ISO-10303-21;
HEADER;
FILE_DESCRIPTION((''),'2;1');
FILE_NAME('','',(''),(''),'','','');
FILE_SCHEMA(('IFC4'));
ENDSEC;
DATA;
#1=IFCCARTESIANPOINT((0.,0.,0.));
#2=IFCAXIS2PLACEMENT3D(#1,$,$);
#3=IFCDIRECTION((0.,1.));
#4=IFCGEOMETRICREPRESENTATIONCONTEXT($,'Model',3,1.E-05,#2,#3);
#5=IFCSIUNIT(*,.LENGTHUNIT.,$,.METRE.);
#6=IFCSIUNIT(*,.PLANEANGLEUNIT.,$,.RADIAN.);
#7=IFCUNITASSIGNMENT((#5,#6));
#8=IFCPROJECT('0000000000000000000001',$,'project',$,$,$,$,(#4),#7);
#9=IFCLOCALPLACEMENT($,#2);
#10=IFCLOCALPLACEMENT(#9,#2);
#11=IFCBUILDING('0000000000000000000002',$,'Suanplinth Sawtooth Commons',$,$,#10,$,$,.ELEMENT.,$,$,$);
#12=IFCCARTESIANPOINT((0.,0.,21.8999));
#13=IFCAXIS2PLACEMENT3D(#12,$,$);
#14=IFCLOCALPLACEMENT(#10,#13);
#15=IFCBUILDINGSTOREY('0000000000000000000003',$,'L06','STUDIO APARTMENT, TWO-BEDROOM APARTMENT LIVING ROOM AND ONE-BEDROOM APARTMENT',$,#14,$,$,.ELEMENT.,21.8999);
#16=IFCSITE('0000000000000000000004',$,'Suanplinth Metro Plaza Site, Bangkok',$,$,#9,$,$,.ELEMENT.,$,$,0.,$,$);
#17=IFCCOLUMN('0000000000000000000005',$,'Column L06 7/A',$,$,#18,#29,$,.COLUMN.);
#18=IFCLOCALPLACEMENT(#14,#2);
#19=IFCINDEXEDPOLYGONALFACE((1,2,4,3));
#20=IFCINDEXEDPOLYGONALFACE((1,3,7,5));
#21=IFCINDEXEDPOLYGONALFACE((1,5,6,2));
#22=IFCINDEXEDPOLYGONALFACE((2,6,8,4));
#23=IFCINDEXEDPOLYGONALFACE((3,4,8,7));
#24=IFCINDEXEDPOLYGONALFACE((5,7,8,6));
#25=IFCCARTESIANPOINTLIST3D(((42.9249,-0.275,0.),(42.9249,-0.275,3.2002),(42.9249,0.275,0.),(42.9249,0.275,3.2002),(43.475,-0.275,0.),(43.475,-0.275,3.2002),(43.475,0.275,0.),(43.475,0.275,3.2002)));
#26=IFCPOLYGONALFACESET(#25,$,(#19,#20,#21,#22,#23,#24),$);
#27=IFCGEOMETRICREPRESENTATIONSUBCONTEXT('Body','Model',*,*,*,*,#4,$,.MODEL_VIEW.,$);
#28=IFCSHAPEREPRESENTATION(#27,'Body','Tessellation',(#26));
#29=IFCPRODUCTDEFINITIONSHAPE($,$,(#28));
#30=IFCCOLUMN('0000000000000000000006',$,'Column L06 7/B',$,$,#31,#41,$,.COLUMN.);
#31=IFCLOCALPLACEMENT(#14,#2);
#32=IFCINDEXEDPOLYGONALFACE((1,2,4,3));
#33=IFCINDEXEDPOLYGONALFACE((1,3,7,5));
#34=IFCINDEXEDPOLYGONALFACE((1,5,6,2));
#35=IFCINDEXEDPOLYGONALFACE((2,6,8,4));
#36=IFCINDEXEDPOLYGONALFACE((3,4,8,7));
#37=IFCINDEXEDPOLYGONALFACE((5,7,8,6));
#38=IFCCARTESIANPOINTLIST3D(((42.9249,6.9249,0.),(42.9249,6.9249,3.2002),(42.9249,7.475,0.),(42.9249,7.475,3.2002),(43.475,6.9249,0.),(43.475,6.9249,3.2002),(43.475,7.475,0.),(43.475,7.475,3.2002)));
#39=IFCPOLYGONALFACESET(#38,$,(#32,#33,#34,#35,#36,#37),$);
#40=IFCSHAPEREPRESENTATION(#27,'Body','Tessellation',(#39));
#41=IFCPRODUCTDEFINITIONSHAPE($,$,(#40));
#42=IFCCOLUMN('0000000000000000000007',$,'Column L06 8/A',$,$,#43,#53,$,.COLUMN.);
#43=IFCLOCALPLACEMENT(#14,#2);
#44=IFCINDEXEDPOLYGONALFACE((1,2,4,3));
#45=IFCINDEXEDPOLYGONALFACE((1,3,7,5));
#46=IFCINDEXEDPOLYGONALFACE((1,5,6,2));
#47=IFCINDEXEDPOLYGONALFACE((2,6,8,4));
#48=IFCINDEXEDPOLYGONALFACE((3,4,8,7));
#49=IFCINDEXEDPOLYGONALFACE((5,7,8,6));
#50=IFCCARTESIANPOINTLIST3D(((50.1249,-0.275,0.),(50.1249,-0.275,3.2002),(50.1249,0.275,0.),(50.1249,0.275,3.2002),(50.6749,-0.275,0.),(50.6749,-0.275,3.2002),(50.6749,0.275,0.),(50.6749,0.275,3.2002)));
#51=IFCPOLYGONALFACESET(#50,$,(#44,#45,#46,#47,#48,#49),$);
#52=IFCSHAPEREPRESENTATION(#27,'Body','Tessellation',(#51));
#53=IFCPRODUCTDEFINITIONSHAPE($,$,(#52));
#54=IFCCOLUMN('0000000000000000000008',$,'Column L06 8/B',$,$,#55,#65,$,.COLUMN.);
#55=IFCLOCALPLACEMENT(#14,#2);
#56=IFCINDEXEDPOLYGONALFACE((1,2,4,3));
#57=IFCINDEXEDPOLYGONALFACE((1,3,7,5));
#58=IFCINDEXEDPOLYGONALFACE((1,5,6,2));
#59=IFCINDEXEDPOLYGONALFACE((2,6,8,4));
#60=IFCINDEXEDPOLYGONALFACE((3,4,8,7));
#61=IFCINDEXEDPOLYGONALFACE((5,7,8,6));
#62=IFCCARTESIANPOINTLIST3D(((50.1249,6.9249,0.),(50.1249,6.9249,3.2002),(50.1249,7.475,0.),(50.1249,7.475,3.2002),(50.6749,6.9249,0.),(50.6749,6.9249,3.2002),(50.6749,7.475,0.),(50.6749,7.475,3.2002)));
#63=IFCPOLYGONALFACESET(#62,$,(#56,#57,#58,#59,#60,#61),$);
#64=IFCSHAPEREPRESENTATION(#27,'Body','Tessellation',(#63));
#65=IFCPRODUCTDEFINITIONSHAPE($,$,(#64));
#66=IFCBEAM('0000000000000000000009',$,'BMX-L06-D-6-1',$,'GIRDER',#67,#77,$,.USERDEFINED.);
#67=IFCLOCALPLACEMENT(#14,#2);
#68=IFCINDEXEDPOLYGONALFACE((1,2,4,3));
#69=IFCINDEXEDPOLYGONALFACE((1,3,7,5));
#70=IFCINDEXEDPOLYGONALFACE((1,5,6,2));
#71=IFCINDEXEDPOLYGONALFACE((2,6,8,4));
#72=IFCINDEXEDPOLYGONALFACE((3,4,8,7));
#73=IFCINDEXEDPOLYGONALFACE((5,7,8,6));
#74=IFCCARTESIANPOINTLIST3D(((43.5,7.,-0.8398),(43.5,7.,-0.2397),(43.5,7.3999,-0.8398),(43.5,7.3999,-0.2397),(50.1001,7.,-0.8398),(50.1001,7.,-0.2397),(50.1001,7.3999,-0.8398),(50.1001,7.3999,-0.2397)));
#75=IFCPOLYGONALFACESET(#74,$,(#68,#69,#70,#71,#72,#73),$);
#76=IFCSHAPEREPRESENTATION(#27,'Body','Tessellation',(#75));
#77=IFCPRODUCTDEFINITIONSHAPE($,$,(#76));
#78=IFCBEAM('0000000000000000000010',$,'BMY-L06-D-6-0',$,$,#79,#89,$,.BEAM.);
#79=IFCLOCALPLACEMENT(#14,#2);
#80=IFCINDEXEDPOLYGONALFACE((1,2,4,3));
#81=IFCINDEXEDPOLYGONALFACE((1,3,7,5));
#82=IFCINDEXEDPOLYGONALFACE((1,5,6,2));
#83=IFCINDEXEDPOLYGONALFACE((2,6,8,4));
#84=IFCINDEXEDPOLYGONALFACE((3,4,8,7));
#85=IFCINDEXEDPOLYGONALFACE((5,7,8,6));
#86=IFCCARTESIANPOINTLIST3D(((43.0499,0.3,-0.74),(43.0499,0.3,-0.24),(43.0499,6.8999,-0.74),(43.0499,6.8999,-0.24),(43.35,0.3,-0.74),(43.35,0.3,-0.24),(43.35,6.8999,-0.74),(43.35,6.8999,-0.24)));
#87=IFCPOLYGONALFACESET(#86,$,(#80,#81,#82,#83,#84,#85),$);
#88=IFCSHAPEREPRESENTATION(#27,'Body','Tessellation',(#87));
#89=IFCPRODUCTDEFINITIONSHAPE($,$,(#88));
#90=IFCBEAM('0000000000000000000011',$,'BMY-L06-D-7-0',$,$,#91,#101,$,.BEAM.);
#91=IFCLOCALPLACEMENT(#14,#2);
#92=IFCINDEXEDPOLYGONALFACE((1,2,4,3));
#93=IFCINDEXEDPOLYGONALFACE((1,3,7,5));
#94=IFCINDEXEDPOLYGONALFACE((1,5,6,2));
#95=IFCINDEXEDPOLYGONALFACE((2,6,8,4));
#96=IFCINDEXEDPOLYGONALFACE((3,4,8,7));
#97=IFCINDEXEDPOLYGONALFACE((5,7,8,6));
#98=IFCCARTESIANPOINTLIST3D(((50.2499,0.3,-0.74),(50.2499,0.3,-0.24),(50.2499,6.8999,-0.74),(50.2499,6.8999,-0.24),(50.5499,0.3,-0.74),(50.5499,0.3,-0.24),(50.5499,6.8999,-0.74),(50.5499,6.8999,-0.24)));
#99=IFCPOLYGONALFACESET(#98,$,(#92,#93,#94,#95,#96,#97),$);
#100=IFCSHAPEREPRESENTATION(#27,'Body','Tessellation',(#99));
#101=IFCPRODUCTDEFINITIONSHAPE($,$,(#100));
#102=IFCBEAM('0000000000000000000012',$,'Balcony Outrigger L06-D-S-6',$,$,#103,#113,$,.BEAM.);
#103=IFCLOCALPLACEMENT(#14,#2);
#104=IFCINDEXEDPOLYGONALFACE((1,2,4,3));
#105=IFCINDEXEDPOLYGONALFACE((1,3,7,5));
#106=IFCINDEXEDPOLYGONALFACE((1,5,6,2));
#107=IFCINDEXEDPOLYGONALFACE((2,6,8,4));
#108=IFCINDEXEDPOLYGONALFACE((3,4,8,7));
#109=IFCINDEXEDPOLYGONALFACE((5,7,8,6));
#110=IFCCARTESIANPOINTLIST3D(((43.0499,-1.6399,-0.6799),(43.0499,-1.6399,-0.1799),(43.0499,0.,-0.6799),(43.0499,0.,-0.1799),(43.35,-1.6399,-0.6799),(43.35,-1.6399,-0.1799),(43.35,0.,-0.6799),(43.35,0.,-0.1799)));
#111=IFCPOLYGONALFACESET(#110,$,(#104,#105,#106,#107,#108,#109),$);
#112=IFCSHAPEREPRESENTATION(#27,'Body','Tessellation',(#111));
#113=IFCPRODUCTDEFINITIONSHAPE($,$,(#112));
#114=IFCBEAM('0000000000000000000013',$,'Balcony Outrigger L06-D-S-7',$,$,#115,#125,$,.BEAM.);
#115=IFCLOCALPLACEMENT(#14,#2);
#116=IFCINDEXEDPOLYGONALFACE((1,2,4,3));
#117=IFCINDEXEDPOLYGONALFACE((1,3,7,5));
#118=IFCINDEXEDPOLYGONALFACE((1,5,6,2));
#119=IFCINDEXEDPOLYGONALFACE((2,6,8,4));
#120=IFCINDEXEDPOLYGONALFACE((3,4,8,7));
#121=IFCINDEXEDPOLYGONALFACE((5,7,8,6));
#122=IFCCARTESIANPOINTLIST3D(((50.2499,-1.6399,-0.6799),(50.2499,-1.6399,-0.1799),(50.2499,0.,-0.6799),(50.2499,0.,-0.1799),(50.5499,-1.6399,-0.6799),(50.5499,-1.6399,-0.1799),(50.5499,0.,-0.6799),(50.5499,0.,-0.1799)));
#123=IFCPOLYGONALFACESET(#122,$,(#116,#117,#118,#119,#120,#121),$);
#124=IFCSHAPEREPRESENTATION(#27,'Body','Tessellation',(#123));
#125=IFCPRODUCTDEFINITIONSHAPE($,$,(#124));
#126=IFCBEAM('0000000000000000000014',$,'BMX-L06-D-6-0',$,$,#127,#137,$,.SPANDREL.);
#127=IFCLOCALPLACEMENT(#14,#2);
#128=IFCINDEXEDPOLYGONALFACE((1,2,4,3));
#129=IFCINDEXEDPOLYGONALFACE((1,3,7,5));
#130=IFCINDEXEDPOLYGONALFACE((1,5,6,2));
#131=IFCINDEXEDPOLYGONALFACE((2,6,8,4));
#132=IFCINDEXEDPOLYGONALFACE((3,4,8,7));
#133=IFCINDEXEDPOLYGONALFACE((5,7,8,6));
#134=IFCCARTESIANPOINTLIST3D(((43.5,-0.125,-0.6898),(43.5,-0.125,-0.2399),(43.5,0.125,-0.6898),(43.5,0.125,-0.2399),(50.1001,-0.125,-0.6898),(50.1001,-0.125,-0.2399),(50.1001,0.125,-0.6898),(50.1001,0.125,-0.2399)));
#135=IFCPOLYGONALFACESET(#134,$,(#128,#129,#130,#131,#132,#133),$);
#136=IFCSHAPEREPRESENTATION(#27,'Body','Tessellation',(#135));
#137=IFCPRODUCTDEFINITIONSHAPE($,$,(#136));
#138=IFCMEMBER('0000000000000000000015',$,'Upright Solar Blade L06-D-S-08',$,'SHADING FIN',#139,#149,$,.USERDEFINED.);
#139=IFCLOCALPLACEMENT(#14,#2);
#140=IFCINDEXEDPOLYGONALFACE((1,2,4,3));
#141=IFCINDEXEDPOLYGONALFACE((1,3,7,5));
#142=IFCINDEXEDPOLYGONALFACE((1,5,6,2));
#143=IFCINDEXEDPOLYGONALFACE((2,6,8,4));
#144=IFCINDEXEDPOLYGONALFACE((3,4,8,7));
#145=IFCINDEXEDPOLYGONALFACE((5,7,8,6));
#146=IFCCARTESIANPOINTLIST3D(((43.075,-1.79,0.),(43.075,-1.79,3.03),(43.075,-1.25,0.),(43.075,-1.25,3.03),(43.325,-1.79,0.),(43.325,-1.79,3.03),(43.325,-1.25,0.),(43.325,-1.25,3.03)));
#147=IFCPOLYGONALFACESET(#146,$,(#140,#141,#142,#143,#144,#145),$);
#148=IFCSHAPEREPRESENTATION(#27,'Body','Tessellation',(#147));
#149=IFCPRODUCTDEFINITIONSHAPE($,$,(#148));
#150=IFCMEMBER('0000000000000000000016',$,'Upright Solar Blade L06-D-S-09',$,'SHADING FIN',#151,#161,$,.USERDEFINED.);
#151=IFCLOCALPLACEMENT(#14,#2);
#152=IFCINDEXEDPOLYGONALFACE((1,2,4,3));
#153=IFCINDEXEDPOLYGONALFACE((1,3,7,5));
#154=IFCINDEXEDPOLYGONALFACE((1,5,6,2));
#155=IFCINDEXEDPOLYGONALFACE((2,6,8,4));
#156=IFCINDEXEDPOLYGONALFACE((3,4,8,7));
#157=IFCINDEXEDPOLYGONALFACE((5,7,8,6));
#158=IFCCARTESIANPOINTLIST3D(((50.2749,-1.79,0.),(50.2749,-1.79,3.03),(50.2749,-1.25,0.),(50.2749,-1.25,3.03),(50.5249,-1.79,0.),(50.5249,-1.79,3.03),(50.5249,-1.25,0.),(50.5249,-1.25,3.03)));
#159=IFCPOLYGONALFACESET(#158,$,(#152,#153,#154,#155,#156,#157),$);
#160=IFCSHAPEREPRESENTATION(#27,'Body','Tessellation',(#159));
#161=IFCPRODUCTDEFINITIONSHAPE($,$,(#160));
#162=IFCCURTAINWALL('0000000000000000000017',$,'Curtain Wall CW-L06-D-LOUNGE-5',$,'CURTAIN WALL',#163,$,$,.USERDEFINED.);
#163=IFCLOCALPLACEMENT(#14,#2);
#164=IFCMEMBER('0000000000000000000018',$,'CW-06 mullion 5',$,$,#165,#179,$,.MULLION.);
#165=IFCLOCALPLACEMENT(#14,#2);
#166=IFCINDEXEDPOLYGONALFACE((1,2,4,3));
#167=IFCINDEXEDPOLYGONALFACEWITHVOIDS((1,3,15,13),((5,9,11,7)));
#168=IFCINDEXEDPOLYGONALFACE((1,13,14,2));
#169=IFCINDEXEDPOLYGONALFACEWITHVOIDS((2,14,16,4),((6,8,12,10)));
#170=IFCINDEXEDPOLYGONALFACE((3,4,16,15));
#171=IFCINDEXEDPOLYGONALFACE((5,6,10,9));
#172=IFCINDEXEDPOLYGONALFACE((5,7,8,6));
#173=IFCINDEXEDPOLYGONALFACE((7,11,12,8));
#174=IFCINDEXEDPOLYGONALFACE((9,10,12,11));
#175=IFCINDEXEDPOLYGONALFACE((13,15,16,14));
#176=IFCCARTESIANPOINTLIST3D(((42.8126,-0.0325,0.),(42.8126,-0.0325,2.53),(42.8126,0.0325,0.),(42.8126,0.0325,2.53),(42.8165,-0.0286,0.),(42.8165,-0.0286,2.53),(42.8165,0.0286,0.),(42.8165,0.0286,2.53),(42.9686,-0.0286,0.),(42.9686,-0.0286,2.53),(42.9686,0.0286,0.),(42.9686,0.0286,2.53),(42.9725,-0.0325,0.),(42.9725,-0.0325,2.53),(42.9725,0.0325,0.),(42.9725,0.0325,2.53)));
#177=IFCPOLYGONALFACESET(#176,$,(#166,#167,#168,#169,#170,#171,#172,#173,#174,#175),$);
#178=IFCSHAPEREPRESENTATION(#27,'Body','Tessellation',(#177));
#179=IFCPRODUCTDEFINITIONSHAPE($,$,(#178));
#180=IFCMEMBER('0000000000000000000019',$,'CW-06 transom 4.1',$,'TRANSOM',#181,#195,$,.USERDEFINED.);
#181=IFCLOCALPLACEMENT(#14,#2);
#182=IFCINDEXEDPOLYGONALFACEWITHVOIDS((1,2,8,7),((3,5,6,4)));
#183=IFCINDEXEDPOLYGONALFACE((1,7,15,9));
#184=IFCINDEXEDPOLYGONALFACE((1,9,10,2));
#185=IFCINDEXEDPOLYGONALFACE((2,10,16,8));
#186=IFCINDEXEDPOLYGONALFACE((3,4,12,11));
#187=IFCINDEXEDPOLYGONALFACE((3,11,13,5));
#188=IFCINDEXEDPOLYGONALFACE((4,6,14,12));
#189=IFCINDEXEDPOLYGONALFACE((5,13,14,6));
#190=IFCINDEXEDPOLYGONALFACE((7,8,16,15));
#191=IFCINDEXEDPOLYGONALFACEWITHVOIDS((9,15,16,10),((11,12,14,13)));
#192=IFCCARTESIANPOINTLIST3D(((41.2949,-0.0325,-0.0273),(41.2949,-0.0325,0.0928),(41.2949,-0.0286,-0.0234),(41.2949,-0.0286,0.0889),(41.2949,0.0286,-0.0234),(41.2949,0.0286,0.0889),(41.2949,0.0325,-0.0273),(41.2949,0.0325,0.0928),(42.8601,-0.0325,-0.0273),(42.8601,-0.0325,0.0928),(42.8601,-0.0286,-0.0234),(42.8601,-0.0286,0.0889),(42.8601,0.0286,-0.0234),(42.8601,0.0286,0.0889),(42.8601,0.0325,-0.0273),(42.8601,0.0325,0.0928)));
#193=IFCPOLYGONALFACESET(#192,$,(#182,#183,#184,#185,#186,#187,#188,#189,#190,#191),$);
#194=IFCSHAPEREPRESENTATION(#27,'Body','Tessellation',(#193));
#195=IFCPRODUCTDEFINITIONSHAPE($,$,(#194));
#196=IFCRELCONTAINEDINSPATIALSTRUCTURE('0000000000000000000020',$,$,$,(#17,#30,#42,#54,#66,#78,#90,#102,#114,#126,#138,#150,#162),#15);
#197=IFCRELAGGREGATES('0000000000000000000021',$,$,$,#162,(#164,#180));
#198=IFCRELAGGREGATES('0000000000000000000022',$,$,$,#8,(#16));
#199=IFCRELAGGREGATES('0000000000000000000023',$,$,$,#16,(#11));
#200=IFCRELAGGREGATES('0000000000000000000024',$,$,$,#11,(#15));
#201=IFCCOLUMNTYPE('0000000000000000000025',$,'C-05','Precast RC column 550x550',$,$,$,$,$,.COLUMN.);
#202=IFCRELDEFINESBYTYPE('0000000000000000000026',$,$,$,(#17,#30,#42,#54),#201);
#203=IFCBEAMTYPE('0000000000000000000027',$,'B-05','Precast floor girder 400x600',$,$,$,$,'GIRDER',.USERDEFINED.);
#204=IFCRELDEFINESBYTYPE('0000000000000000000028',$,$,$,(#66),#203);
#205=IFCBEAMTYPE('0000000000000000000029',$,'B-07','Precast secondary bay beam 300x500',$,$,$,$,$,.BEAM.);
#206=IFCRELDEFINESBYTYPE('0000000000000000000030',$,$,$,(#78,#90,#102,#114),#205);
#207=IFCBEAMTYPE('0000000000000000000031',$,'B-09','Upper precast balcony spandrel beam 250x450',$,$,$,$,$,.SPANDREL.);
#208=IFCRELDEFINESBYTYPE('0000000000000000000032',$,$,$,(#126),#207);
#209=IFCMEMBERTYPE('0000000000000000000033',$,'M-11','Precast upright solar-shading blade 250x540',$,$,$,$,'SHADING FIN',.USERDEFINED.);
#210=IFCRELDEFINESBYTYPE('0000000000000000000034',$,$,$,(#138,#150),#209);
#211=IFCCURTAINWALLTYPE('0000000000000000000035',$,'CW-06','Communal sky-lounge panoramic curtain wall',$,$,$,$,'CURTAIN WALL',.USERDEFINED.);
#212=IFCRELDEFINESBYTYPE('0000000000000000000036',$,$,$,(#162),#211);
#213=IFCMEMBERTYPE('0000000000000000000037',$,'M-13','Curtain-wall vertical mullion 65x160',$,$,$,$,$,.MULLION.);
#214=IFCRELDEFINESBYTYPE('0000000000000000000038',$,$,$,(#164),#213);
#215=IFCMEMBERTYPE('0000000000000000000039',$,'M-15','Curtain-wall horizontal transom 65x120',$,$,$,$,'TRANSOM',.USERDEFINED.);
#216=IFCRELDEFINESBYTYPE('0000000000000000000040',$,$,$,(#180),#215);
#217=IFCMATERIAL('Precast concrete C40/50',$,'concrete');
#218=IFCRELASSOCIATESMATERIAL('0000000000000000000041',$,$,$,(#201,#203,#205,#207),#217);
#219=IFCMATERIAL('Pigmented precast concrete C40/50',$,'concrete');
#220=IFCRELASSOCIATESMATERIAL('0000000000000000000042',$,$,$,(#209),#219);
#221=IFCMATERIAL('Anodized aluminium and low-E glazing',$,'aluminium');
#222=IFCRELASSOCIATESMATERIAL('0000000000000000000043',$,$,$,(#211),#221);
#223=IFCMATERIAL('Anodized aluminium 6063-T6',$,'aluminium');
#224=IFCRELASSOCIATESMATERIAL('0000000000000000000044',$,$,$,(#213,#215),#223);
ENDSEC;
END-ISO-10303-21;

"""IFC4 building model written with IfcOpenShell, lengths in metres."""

from ifc_helpers import new_model, si_unit, direction, frame, origin, origin_2d, place, context, subcontext, project, spatial, rectangle, hollow_rectangle, extrude, material, material_profile, profile_set, type_object, element, aggregate, save


model = new_model("IFC4")

# Units and contexts
model_context = context("Model", 3, precision=1e-05, world=origin(), true_north=direction((0.0, 1.0)))
body_context = subcontext(model_context, "Body", "Model", "MODEL_VIEW")
ifc_project = project(units=[si_unit("LENGTHUNIT", "METRE"), si_unit("PLANEANGLEUNIT", "RADIAN")], contexts=[model_context])

# Site, building, storey
site_placement = place(None, origin())
site = spatial("IfcSite", under=ifc_project, at=site_placement, Name="Suanplinth Metro Plaza Site, Bangkok", CompositionType="ELEMENT", RefElevation=0.0)
building_placement = place(site_placement, origin())
building = spatial("IfcBuilding", under=site, at=building_placement, Name="Suanplinth Sawtooth Commons", CompositionType="ELEMENT")
storey_placement = place(building_placement, frame((0.0, 0.0, 21.8999)))
storey = spatial("IfcBuildingStorey", under=building, at=storey_placement, Name="L06", Description="STUDIO APARTMENT, TWO-BEDROOM APARTMENT LIVING ROOM AND ONE-BEDROOM APARTMENT", CompositionType="ELEMENT", Elevation=21.8999)

# Columns
ifc_material_1 = material(Name="Precast concrete C40/50", Category="concrete")
ifc_material_profile_1 = material_profile(ifc_material_1, rectangle(XDim=0.55, YDim=0.55, at=origin_2d()), Name="PC-COL 550x550")
ifc_profile_set_1 = profile_set([ifc_material_profile_1], Name="Precast concrete C40/50")
column_type = type_object("IfcColumnType", Name="C-05", Description="Precast RC column 550x550", PredefinedType="COLUMN", material=ifc_profile_set_1)
for number, where, z_axis, x_axis, name in (
    (1, (43.2, 0.0, 0.0), (0.0, 0.0, 1.0), (1.0, 0.0, 0.0), "Column L06 7/A"),
    (2, (43.2, 7.2, 0.0), (0.0, 0.0, 1.0), (1.0, 0.0, 0.0), "Column L06 7/B"),
    (3, (50.3999, 0.0, 0.0), (0.0, 0.0, 1.0), (1.0, 0.0, 0.0), "Column L06 8/A"),
    (4, (50.3999, 7.2, 0.0), (0.0, 0.0, 1.0), (1.0, 0.0, 0.0), "Column L06 8/B"),
):
    element("IfcColumn", number, at=place(storey_placement, frame(where, z_axis=z_axis, x_axis=x_axis)), inside=storey, type_object=column_type, Name=name, PredefinedType="COLUMN", context=body_context, shape_type="SweptSolid", body=[
        extrude(rectangle(XDim=0.55, YDim=0.55, at=origin_2d()), origin(), (0.0, 0.0, 1.0), 3.2002),
    ])

# Beams
ifc_material_profile_2 = material_profile(ifc_material_1, rectangle(XDim=0.3999, YDim=0.6001, at=origin_2d()), Name="PC-GDR 400x600")
ifc_profile_set_2 = profile_set([ifc_material_profile_2], Name="Precast concrete C40/50")
beam_type_1 = type_object("IfcBeamType", Name="B-05", Description="Precast floor girder 400x600", ElementType="GIRDER", PredefinedType="USERDEFINED", material=ifc_profile_set_2)
beam_1_placement = place(storey_placement, frame((43.5, 7.2, -0.5398), z_axis=(1.0, 0.0, 0.0), x_axis=(0.0, 1.0, 0.0)))
element("IfcBeam", 5, at=beam_1_placement, inside=storey, type_object=beam_type_1, Name="BMX-L06-D-6-1", ObjectType="GIRDER", PredefinedType="USERDEFINED", context=body_context, shape_type="SweptSolid", body=[
    extrude(rectangle(XDim=0.3999, YDim=0.6001, at=origin_2d()), origin(), (0.0, 0.0, 1.0), 6.6001),
])
ifc_material_profile_3 = material_profile(ifc_material_1, rectangle(XDim=0.3, YDim=0.5, at=origin_2d()), Name="PC-BM 300x500")
ifc_profile_set_3 = profile_set([ifc_material_profile_3], Name="Precast concrete C40/50")
beam_type_2 = type_object("IfcBeamType", Name="B-07", Description="Precast secondary bay beam 300x500", PredefinedType="BEAM", material=ifc_profile_set_3)
for number, where, z_axis, x_axis, name in (
    (6, (43.2, 0.3, -0.49), (0.0, 1.0, 0.0), (-1.0, 0.0, 0.0), "BMY-L06-D-6-0"),
    (7, (50.3999, 0.3, -0.49), (0.0, 1.0, 0.0), (-1.0, 0.0, 0.0), "BMY-L06-D-7-0"),
):
    element("IfcBeam", number, at=place(storey_placement, frame(where, z_axis=z_axis, x_axis=x_axis)), inside=storey, type_object=beam_type_2, Name=name, PredefinedType="BEAM", context=body_context, shape_type="SweptSolid", body=[
        extrude(rectangle(XDim=0.3, YDim=0.5, at=origin_2d()), origin(), (0.0, 0.0, 1.0), 6.5999),
    ])
for number, where, z_axis, x_axis, name in (
    (8, (43.2, 0.0, -0.4299), (0.0, -1.0, 0.0), (1.0, 0.0, 0.0), "Balcony Outrigger L06-D-S-6"),
    (9, (50.3999, 0.0, -0.4299), (0.0, -1.0, 0.0), (1.0, 0.0, 0.0), "Balcony Outrigger L06-D-S-7"),
):
    element("IfcBeam", number, at=place(storey_placement, frame(where, z_axis=z_axis, x_axis=x_axis)), inside=storey, type_object=beam_type_2, Name=name, PredefinedType="BEAM", context=body_context, shape_type="SweptSolid", body=[
        extrude(rectangle(XDim=0.3, YDim=0.5, at=origin_2d()), origin(), (0.0, 0.0, 1.0), 1.6399),
    ])
ifc_material_profile_4 = material_profile(ifc_material_1, rectangle(XDim=0.25, YDim=0.45, at=origin_2d()), Name="PC-SP 250x450")
ifc_profile_set_4 = profile_set([ifc_material_profile_4], Name="Precast concrete C40/50")
beam_type_3 = type_object("IfcBeamType", Name="B-09", Description="Upper precast balcony spandrel beam 250x450", PredefinedType="SPANDREL", material=ifc_profile_set_4)
beam_2_placement = place(storey_placement, frame((43.5, 0.0, -0.4648), z_axis=(1.0, 0.0, 0.0), x_axis=(0.0, 1.0, 0.0)))
element("IfcBeam", 10, at=beam_2_placement, inside=storey, type_object=beam_type_3, Name="BMX-L06-D-6-0", PredefinedType="SPANDREL", context=body_context, shape_type="SweptSolid", body=[
    extrude(rectangle(XDim=0.25, YDim=0.45, at=origin_2d()), origin(), (0.0, 0.0, 1.0), 6.6001),
])

# Members
ifc_material_2 = material(Name="Pigmented precast concrete C40/50", Category="concrete")
ifc_material_profile_5 = material_profile(ifc_material_2, rectangle(XDim=0.25, YDim=0.54, at=origin_2d()), Name="PC-FIN 250x540")
ifc_profile_set_5 = profile_set([ifc_material_profile_5], Name="Pigmented precast concrete C40/50")
member_type_1 = type_object("IfcMemberType", Name="M-11", Description="Precast upright solar-shading blade 250x540", ElementType="SHADING FIN", PredefinedType="USERDEFINED", material=ifc_profile_set_5)
for number, where, z_axis, x_axis, name in (
    (11, (43.2, -1.52, 0.0), (0.0, 0.0, 1.0), (1.0, 0.0, 0.0), "Upright Solar Blade L06-D-S-08"),
    (12, (50.3999, -1.52, 0.0), (0.0, 0.0, 1.0), (1.0, 0.0, 0.0), "Upright Solar Blade L06-D-S-09"),
):
    element("IfcMember", number, at=place(storey_placement, frame(where, z_axis=z_axis, x_axis=x_axis)), inside=storey, type_object=member_type_1, Name=name, ObjectType="SHADING FIN", PredefinedType="USERDEFINED", context=body_context, shape_type="SweptSolid", body=[
        extrude(rectangle(XDim=0.25, YDim=0.54, at=origin_2d()), origin(), (0.0, 0.0, 1.0), 3.03),
    ])

# Curtain wall, members
ifc_material_3 = material(Name="Anodized aluminium and low-E glazing", Category="aluminium")
curtain_wall_type = type_object("IfcCurtainWallType", Name="CW-06", Description="Communal sky-lounge panoramic curtain wall", ElementType="CURTAIN WALL", PredefinedType="USERDEFINED", material=ifc_material_3)
curtain_wall_placement = place(storey_placement, origin())
curtain_wall = element("IfcCurtainWall", 13, at=curtain_wall_placement, inside=storey, type_object=curtain_wall_type, Name="Curtain Wall CW-L06-D-LOUNGE-5", ObjectType="CURTAIN WALL", PredefinedType="USERDEFINED")
ifc_material_4 = material(Name="Anodized aluminium 6063-T6", Category="aluminium")
ifc_material_profile_6 = material_profile(ifc_material_4, hollow_rectangle(XDim=0.0649, YDim=0.1599, WallThickness=0.0039, at=origin_2d()), Name="ALU-MUL 65x160")
ifc_profile_set_6 = profile_set([ifc_material_profile_6], Name="Anodized aluminium 6063-T6")
member_type_2 = type_object("IfcMemberType", Name="M-13", Description="Curtain-wall vertical mullion 65x160", PredefinedType="MULLION", material=ifc_profile_set_6)
member_1_placement = place(storey_placement, frame((42.8926, 0.0, 0.0), z_axis=(0.0, 0.0, 1.0), x_axis=(0.0, 1.0, 0.0)))
member_1 = element("IfcMember", 14, at=member_1_placement, type_object=member_type_2, Name="CW-06 mullion 5", PredefinedType="MULLION", context=body_context, shape_type="SweptSolid", body=[
    extrude(hollow_rectangle(XDim=0.0649, YDim=0.1599, WallThickness=0.0039, at=origin_2d()), origin(), (0.0, 0.0, 1.0), 2.53),
])
ifc_material_profile_7 = material_profile(ifc_material_4, hollow_rectangle(XDim=0.0649, YDim=0.1201, WallThickness=0.0039, at=origin_2d()), Name="ALU-TRN 65x120")
ifc_profile_set_7 = profile_set([ifc_material_profile_7], Name="Anodized aluminium 6063-T6")
member_type_3 = type_object("IfcMemberType", Name="M-15", Description="Curtain-wall horizontal transom 65x120", ElementType="TRANSOM", PredefinedType="USERDEFINED", material=ifc_profile_set_7)
member_2_placement = place(storey_placement, frame((41.2949, 0.0, 0.0327), z_axis=(1.0, 0.0, 0.0), x_axis=(0.0, 1.0, 0.0)))
member_2 = element("IfcMember", 15, at=member_2_placement, type_object=member_type_3, Name="CW-06 transom 4.1", ObjectType="TRANSOM", PredefinedType="USERDEFINED", context=body_context, shape_type="SweptSolid", body=[
    extrude(hollow_rectangle(XDim=0.0649, YDim=0.1201, WallThickness=0.0039, at=origin_2d()), origin(), (0.0, 0.0, 1.0), 1.5652),
])
aggregate(curtain_wall, [member_1, member_2])

save(model, "model.ifc")
